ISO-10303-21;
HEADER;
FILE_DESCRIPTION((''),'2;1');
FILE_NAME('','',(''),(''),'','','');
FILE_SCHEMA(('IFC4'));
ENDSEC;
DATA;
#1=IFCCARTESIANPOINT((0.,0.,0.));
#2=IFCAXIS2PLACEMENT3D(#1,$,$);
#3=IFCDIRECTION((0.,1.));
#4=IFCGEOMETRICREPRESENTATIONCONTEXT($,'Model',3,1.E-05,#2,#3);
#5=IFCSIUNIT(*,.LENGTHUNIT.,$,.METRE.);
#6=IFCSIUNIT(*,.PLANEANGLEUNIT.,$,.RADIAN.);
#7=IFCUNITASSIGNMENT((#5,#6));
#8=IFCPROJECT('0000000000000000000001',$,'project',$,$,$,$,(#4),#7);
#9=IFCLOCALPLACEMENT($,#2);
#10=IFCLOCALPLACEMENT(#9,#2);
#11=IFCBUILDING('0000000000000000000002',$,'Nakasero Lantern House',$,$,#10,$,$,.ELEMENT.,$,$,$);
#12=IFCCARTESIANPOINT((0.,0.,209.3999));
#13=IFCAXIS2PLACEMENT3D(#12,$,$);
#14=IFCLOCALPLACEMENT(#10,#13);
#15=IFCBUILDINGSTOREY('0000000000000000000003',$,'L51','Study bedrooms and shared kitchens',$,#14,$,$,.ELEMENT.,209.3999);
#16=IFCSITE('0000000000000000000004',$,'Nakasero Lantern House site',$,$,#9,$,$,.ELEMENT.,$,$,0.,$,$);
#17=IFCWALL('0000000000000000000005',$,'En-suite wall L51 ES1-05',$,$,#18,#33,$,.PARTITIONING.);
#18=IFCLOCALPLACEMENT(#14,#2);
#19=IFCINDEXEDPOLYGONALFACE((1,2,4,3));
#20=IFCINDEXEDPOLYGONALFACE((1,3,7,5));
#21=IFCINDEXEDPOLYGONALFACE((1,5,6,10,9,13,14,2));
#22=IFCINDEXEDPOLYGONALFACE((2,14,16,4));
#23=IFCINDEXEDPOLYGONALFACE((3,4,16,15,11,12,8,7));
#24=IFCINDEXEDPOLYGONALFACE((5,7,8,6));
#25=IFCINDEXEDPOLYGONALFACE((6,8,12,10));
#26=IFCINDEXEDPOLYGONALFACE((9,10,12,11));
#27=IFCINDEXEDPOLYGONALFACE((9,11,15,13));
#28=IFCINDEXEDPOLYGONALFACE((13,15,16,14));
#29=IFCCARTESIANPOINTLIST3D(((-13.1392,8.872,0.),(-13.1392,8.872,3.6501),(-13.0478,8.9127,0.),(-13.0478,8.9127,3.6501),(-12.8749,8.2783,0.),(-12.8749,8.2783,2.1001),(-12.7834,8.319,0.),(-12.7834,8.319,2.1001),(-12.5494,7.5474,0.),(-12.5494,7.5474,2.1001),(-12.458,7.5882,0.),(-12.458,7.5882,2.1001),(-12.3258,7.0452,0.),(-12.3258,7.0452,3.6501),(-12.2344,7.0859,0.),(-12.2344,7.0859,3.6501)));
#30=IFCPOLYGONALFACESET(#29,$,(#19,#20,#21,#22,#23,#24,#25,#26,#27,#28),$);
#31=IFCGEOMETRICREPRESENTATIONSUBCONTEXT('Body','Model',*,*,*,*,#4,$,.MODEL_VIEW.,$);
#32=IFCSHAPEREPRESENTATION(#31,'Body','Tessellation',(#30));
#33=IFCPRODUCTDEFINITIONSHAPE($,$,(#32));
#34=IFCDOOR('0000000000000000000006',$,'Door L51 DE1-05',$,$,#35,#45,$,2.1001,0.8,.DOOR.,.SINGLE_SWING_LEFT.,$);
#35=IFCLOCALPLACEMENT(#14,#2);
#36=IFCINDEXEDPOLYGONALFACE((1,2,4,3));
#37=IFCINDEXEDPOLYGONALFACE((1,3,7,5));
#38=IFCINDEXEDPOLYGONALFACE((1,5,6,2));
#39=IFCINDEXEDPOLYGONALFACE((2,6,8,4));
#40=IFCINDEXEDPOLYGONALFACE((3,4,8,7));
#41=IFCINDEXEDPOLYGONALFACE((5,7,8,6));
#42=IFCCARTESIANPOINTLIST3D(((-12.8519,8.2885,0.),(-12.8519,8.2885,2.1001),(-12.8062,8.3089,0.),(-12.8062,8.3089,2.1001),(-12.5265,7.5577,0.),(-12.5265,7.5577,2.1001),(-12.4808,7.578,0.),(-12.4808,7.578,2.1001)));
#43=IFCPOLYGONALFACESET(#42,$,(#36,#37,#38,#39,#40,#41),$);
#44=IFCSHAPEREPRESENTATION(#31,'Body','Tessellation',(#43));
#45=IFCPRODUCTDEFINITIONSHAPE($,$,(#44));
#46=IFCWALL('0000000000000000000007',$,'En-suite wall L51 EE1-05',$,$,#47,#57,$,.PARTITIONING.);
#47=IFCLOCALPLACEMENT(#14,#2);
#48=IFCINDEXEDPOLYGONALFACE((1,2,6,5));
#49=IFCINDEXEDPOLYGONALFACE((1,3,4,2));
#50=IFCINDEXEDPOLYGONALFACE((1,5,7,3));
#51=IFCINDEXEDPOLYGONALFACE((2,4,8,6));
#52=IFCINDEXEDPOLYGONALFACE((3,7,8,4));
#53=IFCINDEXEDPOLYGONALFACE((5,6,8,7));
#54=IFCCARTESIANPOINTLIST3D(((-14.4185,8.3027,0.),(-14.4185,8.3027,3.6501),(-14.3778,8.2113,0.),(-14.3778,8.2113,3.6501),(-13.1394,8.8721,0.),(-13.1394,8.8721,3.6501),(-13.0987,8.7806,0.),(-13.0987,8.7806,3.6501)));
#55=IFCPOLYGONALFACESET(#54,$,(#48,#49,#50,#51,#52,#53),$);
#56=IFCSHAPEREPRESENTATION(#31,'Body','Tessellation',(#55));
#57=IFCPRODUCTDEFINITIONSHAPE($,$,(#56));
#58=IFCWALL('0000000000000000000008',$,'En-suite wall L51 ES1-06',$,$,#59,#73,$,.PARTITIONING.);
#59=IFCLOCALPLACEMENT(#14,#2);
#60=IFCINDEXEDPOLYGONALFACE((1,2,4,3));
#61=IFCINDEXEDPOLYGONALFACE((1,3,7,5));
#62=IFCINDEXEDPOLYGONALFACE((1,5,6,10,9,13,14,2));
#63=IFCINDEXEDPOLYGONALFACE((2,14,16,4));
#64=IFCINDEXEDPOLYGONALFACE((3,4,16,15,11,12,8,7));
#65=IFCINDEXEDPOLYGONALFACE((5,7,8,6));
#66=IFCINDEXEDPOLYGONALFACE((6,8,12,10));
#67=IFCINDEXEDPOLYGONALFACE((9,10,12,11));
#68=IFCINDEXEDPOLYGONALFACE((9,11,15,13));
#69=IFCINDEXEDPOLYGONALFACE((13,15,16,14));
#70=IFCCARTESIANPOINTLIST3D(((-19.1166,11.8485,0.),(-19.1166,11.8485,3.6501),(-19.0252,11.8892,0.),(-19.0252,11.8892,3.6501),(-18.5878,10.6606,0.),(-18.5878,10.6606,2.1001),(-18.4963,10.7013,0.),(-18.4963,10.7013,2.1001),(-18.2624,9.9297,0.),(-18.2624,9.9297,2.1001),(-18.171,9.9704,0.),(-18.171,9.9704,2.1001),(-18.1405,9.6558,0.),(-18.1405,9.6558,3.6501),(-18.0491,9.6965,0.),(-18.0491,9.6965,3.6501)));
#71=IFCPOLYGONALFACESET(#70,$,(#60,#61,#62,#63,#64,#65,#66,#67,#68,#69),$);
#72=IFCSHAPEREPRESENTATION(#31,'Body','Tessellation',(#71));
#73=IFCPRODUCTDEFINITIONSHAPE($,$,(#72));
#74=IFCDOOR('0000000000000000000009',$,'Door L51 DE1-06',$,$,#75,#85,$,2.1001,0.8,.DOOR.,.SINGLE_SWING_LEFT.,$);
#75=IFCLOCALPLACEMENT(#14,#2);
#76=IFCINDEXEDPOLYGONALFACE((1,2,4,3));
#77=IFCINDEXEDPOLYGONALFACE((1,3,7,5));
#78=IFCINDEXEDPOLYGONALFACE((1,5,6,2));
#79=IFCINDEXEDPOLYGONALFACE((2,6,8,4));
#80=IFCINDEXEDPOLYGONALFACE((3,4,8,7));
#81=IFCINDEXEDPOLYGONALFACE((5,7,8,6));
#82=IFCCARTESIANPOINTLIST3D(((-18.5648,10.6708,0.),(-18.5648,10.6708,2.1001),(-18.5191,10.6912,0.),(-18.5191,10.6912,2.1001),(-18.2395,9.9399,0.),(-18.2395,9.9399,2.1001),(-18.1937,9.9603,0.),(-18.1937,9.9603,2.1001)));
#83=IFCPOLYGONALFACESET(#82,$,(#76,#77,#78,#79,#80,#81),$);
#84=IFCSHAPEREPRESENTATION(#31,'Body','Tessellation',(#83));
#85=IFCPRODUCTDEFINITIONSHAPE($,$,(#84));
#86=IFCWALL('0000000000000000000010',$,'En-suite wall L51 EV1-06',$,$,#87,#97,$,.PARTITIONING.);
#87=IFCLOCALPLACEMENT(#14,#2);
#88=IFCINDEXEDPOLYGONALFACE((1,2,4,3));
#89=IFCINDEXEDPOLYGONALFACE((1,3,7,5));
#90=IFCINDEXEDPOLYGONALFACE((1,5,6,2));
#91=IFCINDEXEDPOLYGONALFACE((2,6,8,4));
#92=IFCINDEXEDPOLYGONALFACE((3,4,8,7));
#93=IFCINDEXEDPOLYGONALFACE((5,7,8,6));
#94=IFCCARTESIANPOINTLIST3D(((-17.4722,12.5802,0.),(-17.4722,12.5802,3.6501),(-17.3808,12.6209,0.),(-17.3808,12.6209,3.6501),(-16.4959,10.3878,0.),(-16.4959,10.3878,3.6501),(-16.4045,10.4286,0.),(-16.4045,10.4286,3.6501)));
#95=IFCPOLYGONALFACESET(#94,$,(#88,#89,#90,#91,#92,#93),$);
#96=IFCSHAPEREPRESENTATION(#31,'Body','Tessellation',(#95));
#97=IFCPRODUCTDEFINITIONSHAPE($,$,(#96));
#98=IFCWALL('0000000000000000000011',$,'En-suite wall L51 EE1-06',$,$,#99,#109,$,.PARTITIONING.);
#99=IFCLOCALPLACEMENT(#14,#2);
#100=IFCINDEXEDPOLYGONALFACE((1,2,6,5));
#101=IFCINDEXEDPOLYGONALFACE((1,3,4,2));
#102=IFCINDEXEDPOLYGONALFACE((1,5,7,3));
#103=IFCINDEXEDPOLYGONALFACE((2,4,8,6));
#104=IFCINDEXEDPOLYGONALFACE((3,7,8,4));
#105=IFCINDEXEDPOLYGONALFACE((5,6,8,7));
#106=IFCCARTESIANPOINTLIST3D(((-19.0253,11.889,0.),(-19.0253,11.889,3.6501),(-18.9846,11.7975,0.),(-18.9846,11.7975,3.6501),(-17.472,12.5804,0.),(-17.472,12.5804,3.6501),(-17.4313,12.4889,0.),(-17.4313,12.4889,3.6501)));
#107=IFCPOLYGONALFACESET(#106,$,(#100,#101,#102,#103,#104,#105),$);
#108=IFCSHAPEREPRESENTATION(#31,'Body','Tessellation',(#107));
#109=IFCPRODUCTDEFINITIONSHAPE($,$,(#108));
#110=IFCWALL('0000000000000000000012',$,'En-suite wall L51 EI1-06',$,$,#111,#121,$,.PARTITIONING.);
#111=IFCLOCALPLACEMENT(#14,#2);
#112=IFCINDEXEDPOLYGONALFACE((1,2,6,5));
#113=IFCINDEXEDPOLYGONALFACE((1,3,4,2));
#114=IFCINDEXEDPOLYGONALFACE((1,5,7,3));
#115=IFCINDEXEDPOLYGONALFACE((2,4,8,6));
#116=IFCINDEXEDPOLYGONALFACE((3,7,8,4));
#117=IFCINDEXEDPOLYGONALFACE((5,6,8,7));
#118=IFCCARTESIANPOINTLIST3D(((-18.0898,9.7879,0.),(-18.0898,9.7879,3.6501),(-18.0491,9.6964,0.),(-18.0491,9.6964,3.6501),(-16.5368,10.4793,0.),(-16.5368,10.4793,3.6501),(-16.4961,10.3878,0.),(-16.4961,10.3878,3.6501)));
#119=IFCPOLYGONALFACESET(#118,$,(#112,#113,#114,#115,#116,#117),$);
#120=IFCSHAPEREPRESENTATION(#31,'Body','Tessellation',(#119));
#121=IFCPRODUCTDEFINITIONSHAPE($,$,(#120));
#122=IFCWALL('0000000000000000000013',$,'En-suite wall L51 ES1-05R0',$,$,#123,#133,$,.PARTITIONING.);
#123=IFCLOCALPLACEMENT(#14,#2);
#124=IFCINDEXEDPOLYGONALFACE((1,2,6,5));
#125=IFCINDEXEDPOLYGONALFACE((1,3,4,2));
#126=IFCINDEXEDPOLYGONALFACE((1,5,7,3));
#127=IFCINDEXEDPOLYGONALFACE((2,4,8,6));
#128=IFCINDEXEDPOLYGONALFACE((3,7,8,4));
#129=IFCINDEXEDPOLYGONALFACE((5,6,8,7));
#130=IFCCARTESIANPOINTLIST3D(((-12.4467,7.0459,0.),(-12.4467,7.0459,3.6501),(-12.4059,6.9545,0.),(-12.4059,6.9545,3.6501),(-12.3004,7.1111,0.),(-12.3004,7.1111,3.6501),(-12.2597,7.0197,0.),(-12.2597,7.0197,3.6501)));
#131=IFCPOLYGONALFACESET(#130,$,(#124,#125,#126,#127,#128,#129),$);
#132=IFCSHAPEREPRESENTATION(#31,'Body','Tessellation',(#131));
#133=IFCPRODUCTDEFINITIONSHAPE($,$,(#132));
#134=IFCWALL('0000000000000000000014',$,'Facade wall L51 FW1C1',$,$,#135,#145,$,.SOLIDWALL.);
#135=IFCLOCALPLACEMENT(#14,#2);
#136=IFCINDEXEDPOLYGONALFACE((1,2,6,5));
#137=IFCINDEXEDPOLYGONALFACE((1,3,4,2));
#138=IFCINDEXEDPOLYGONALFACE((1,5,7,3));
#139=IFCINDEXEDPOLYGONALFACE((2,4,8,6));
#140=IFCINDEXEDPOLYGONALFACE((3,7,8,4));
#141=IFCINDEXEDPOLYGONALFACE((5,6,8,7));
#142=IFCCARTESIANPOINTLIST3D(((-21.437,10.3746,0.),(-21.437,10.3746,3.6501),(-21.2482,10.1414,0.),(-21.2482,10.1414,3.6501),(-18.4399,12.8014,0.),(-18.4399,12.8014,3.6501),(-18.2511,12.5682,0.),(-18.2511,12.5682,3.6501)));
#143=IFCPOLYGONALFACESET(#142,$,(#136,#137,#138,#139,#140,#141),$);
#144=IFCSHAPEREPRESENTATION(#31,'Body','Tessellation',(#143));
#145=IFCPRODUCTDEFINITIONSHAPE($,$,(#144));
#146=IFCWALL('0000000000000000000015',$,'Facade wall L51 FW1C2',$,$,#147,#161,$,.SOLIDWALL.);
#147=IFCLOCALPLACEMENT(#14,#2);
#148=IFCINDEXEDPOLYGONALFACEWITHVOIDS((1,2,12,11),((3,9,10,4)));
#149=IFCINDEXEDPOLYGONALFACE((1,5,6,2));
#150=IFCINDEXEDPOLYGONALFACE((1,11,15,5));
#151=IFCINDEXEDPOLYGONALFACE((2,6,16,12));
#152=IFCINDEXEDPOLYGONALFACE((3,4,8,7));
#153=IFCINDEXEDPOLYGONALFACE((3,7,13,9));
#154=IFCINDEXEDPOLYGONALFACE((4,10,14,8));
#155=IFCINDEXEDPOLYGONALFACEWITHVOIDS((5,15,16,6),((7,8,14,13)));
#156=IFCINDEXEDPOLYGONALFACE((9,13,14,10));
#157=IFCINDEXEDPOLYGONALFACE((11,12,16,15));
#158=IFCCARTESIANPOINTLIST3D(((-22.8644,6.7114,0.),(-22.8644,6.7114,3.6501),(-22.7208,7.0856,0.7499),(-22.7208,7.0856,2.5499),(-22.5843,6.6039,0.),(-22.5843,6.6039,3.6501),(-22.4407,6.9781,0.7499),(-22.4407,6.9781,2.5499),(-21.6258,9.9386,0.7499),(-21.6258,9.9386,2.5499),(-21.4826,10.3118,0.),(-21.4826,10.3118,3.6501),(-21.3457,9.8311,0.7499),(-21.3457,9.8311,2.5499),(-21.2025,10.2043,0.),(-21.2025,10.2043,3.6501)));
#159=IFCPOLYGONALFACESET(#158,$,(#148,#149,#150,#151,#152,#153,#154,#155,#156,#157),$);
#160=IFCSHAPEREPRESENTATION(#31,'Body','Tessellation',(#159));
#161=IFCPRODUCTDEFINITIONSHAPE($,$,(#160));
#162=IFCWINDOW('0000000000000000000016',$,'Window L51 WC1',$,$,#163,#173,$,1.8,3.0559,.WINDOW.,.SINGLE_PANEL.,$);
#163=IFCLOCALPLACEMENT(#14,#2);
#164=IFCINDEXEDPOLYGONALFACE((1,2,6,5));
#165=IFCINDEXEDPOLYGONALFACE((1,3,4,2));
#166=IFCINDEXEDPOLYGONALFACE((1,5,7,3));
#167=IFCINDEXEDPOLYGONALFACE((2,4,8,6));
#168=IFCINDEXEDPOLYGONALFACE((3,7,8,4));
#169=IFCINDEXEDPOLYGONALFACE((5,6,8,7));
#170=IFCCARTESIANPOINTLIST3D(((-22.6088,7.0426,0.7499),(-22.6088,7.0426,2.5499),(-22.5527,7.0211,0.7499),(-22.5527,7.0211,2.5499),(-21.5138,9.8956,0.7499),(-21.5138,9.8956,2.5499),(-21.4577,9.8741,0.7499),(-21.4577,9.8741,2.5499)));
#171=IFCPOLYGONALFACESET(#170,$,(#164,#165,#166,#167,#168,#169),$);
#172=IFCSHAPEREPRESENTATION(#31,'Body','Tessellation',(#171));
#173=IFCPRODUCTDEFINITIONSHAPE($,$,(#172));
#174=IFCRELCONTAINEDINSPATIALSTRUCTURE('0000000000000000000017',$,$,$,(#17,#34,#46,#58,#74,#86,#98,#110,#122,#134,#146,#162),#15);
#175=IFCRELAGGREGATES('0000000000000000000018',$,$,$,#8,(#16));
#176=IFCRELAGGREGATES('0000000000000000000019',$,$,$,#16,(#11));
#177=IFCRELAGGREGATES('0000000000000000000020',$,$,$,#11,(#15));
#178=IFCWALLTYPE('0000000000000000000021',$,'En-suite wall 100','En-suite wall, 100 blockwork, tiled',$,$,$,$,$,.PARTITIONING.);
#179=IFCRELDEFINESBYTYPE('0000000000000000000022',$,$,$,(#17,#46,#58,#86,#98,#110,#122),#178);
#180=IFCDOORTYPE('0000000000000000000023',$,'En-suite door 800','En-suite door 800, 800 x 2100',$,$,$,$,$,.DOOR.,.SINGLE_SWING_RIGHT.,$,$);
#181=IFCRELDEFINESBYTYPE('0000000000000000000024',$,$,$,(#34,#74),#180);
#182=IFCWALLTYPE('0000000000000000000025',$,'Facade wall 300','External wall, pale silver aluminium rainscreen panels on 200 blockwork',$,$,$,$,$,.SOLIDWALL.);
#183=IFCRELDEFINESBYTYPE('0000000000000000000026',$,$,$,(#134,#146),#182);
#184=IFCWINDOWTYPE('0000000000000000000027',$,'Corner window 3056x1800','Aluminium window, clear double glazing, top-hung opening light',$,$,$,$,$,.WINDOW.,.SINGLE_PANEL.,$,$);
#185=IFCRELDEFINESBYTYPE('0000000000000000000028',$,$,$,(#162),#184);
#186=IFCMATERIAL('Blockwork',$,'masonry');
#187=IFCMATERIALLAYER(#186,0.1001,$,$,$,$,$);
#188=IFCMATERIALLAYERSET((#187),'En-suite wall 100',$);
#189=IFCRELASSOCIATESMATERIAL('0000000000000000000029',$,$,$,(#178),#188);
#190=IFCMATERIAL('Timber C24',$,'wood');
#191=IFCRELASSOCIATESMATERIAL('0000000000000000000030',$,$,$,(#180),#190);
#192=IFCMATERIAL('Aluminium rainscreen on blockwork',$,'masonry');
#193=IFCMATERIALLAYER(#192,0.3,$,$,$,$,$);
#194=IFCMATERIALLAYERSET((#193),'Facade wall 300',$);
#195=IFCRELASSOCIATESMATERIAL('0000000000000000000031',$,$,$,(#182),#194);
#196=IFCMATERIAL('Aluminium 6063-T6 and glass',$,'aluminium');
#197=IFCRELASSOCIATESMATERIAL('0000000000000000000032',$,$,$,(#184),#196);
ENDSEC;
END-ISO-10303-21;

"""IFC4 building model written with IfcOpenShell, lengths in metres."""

from ifc_helpers import new_model, si_unit, direction, frame, frame_2d, origin, place, context, subcontext, project, spatial, rectangle, extrude, material, layer, layer_set, type_object, element, fill, save


model = new_model("IFC4")

# Units and contexts
model_context = context("Model", 3, precision=1e-05, world=origin(), true_north=direction((0.0, 1.0)))
body_context = subcontext(model_context, "Body", "Model", "MODEL_VIEW")
ifc_project = project(units=[si_unit("LENGTHUNIT", "METRE"), si_unit("PLANEANGLEUNIT", "RADIAN")], contexts=[model_context])

# Site, building, storey
site_placement = place(None, origin())
site = spatial("IfcSite", under=ifc_project, at=site_placement, Name="Nakasero Lantern House site", CompositionType="ELEMENT", RefElevation=0.0)
building_placement = place(site_placement, origin())
building = spatial("IfcBuilding", under=site, at=building_placement, Name="Nakasero Lantern House", CompositionType="ELEMENT")
storey_placement = place(building_placement, frame((0.0, 0.0, 209.3999)))
storey = spatial("IfcBuildingStorey", under=building, at=storey_placement, Name="L51", Description="Study bedrooms and shared kitchens", CompositionType="ELEMENT", Elevation=209.3999)

# Wall, opening, door
ifc_material_1 = material(Name="Blockwork", Category="masonry")
ifc_layer_1 = layer(ifc_material_1, 0.1001)
ifc_layer_set_1 = layer_set([ifc_layer_1], Name="En-suite wall 100")
wall_type_1 = type_object("IfcWallType", Name="En-suite wall 100", Description="En-suite wall, 100 blockwork, tiled", PredefinedType="PARTITIONING", material=ifc_layer_set_1)
wall_1_placement = place(storey_placement, frame((-12.28, 7.0654, 0.0), z_axis=(0.0, 0.0, 1.0), x_axis=(-0.406773, 0.913529, 0.0)))
wall_1 = element("IfcWall", 1, at=wall_1_placement, inside=storey, type_object=wall_type_1, Name="En-suite wall L51 ES1-05", PredefinedType="PARTITIONING", context=body_context, shape_type="SweptSolid", body=[
    extrude(rectangle(XDim=1.9998, YDim=0.1001, at=frame_2d((1.0, 0.0))), origin(), (0.0, 0.0, 1.0), 3.6501),
])
opening_1_placement = place(wall_1_placement, frame((0.55, 0.0, 0.0)))
opening_1 = element("IfcOpeningElement", 2, at=opening_1_placement, cuts=wall_1, PredefinedType="OPENING", context=body_context, shape_type="SweptSolid", body=[
    extrude(rectangle(XDim=0.8, YDim=2.1001, at=frame_2d((0.3999, 1.05))), frame((0.0, 0.0701, 0.0), z_axis=(0.0, -1.0, 0.0), x_axis=(1.0, 0.0, 0.0)), (0.0, 0.0, 1.0), 0.1401),
])
ifc_material_2 = material(Name="Timber C24", Category="wood")
door_type = type_object("IfcDoorType", Name="En-suite door 800", Description="En-suite door 800, 800 x 2100", OperationType="SINGLE_SWING_RIGHT", PredefinedType="DOOR", material=ifc_material_2)
door_1_placement = place(opening_1_placement, origin())
door_1 = element("IfcDoor", 3, at=door_1_placement, inside=storey, type_object=door_type, Name="Door L51 DE1-05", OperationType="SINGLE_SWING_LEFT", OverallHeight=2.1001, OverallWidth=0.8, PredefinedType="DOOR", context=body_context, shape_type="SweptSolid", body=[
    extrude(rectangle(XDim=0.8, YDim=2.1001, at=frame_2d((0.3999, 1.05))), frame((0.0, 0.0249, 0.0), z_axis=(0.0, -1.0, 0.0), x_axis=(1.0, 0.0, 0.0)), (0.0, 0.0, 1.0), 0.05),
])
fill(opening_1, door_1)

# Wall
wall_2_placement = place(storey_placement, frame((-13.1189, 8.8264, 0.0), z_axis=(0.0, 0.0, 1.0), x_axis=(-0.913581, -0.406656, 0.0)))
element("IfcWall", 4, at=wall_2_placement, inside=storey, type_object=wall_type_1, Name="En-suite wall L51 EE1-05", PredefinedType="PARTITIONING", context=body_context, shape_type="SweptSolid", body=[
    extrude(rectangle(XDim=1.4001, YDim=0.1001, at=frame_2d((0.7002, 0.0))), origin(), (0.0, 0.0, 1.0), 3.6501),
])

# Wall, opening, door
wall_3_placement = place(storey_placement, frame((-18.0947, 9.676, 0.0), z_axis=(0.0, 0.0, 1.0), x_axis=(-0.406686, 0.913568, 0.0)))
wall_3 = element("IfcWall", 5, at=wall_3_placement, inside=storey, type_object=wall_type_1, Name="En-suite wall L51 ES1-06", PredefinedType="PARTITIONING", context=body_context, shape_type="SweptSolid", body=[
    extrude(rectangle(XDim=2.4001, YDim=0.1001, at=frame_2d((1.2002, 0.0))), origin(), (0.0, 0.0, 1.0), 3.6501),
])
opening_2_placement = place(wall_3_placement, frame((0.3, 0.0, 0.0)))
opening_2 = element("IfcOpeningElement", 6, at=opening_2_placement, cuts=wall_3, PredefinedType="OPENING", context=body_context, shape_type="SweptSolid", body=[
    extrude(rectangle(XDim=0.8, YDim=2.1001, at=frame_2d((0.3999, 1.05))), frame((0.0, 0.0701, 0.0), z_axis=(0.0, -1.0, 0.0), x_axis=(1.0, 0.0, 0.0)), (0.0, 0.0, 1.0), 0.1401),
])
door_2_placement = place(opening_2_placement, origin())
door_2 = element("IfcDoor", 7, at=door_2_placement, inside=storey, type_object=door_type, Name="Door L51 DE1-06", OperationType="SINGLE_SWING_LEFT", OverallHeight=2.1001, OverallWidth=0.8, PredefinedType="DOOR", context=body_context, shape_type="SweptSolid", body=[
    extrude(rectangle(XDim=0.8, YDim=2.1001, at=frame_2d((0.3999, 1.05))), frame((0.0, 0.0249, 0.0), z_axis=(0.0, -1.0, 0.0), x_axis=(1.0, 0.0, 0.0)), (0.0, 0.0, 1.0), 0.05),
])
fill(opening_2, door_2)

# Walls
wall_4_placement = place(storey_placement, frame((-16.4502, 10.4082, 0.0), z_axis=(0.0, 0.0, 1.0), x_axis=(-0.406809, 0.913513, 0.0)))
element("IfcWall", 8, at=wall_4_placement, inside=storey, type_object=wall_type_1, Name="En-suite wall L51 EV1-06", PredefinedType="PARTITIONING", context=body_context, shape_type="SweptSolid", body=[
    extrude(rectangle(XDim=2.3999, YDim=0.1001, at=frame_2d((1.2, 0.0))), origin(), (0.0, 0.0, 1.0), 3.6501),
])
wall_5_placement = place(storey_placement, frame((-17.4517, 12.5347, 0.0), z_axis=(0.0, 0.0, 1.0), x_axis=(-0.913575, -0.406671, 0.0)))
element("IfcWall", 9, at=wall_5_placement, inside=storey, type_object=wall_type_1, Name="En-suite wall L51 EE1-06", PredefinedType="PARTITIONING", context=body_context, shape_type="SweptSolid", body=[
    extrude(rectangle(XDim=1.7002, YDim=0.1001, at=frame_2d((0.8501, 0.0))), origin(), (0.0, 0.0, 1.0), 3.6501),
])
wall_6_placement = place(storey_placement, frame((-16.5164, 10.4336, 0.0), z_axis=(0.0, 0.0, 1.0), x_axis=(-0.913551, -0.406725, 0.0)))
element("IfcWall", 10, at=wall_6_placement, inside=storey, type_object=wall_type_1, Name="En-suite wall L51 EI1-06", PredefinedType="PARTITIONING", context=body_context, shape_type="SweptSolid", body=[
    extrude(rectangle(XDim=1.7, YDim=0.1001, at=frame_2d((0.8501, 0.0))), origin(), (0.0, 0.0, 1.0), 3.6501),
])
wall_7_placement = place(storey_placement, frame((-12.28, 7.0654, 0.0), z_axis=(0.0, 0.0, 1.0), x_axis=(-0.913371, -0.407129, 0.0)))
element("IfcWall", 11, at=wall_7_placement, inside=storey, type_object=wall_type_1, Name="En-suite wall L51 ES1-05R0", PredefinedType="PARTITIONING", context=body_context, shape_type="SweptSolid", body=[
    extrude(rectangle(XDim=0.1602, YDim=0.1001, at=frame_2d((0.0801, 0.0))), origin(), (0.0, 0.0, 1.0), 3.6501),
])
ifc_material_3 = material(Name="Aluminium rainscreen on blockwork", Category="masonry")
ifc_layer_2 = layer(ifc_material_3, 0.3)
ifc_layer_set_2 = layer_set([ifc_layer_2], Name="Facade wall 300")
wall_type_2 = type_object("IfcWallType", Name="Facade wall 300", Description="External wall, pale silver aluminium rainscreen panels on 200 blockwork", PredefinedType="SOLIDWALL", material=ifc_layer_set_2)
wall_8_placement = place(storey_placement, frame((-18.3455, 12.6848, 0.0), z_axis=(0.0, 0.0, 1.0), x_axis=(-0.777174, -0.629286, 0.0)))
element("IfcWall", 12, at=wall_8_placement, inside=storey, type_object=wall_type_2, Name="Facade wall L51 FW1C1", PredefinedType="SOLIDWALL", context=body_context, shape_type="SweptSolid", body=[
    extrude(rectangle(XDim=3.8564, YDim=0.3, at=frame_2d((1.9282, 0.0))), origin(), (0.0, 0.0, 1.0), 3.6501),
])

# Wall, opening, window
wall_9_placement = place(storey_placement, frame((-21.3425, 10.2581, 0.0), z_axis=(0.0, 0.0, 1.0), x_axis=(-0.358321, -0.933598, 0.0)))
wall_9 = element("IfcWall", 13, at=wall_9_placement, inside=storey, type_object=wall_type_2, Name="Facade wall L51 FW1C2", PredefinedType="SOLIDWALL", context=body_context, shape_type="SweptSolid", body=[
    extrude(rectangle(XDim=3.8564, YDim=0.3, at=frame_2d((1.9282, 0.0))), origin(), (0.0, 0.0, 1.0), 3.6501),
])
opening_3_placement = place(wall_9_placement, frame((0.3999, 0.0, 0.75)))
opening_3 = element("IfcOpeningElement", 14, at=opening_3_placement, cuts=wall_9, PredefinedType="OPENING", context=body_context, shape_type="SweptSolid", body=[
    extrude(rectangle(XDim=3.0559, YDim=1.8, at=frame_2d((1.5278, 0.8999))), frame((0.0, 0.1699, 0.0), z_axis=(0.0, -1.0, 0.0), x_axis=(1.0, 0.0, 0.0)), (0.0, 0.0, 1.0), 0.3401),
])
ifc_material_4 = material(Name="Aluminium 6063-T6 and glass", Category="aluminium")
window_type = type_object("IfcWindowType", Name="Corner window 3056x1800", Description="Aluminium window, clear double glazing, top-hung opening light", PartitioningType="SINGLE_PANEL", PredefinedType="WINDOW", material=ifc_material_4)
window_placement = place(opening_3_placement, origin())
window = element("IfcWindow", 15, at=window_placement, inside=storey, type_object=window_type, Name="Window L51 WC1", OverallHeight=1.8, OverallWidth=3.0559, PartitioningType="SINGLE_PANEL", PredefinedType="WINDOW", context=body_context, shape_type="SweptSolid", body=[
    extrude(rectangle(XDim=3.0559, YDim=1.8, at=frame_2d((1.5278, 0.8999))), frame((0.0, 0.03, 0.0), z_axis=(0.0, -1.0, 0.0), x_axis=(1.0, 0.0, 0.0)), (0.0, 0.0, 1.0), 0.0601),
])
fill(opening_3, window)

save(model, "model.ifc")
